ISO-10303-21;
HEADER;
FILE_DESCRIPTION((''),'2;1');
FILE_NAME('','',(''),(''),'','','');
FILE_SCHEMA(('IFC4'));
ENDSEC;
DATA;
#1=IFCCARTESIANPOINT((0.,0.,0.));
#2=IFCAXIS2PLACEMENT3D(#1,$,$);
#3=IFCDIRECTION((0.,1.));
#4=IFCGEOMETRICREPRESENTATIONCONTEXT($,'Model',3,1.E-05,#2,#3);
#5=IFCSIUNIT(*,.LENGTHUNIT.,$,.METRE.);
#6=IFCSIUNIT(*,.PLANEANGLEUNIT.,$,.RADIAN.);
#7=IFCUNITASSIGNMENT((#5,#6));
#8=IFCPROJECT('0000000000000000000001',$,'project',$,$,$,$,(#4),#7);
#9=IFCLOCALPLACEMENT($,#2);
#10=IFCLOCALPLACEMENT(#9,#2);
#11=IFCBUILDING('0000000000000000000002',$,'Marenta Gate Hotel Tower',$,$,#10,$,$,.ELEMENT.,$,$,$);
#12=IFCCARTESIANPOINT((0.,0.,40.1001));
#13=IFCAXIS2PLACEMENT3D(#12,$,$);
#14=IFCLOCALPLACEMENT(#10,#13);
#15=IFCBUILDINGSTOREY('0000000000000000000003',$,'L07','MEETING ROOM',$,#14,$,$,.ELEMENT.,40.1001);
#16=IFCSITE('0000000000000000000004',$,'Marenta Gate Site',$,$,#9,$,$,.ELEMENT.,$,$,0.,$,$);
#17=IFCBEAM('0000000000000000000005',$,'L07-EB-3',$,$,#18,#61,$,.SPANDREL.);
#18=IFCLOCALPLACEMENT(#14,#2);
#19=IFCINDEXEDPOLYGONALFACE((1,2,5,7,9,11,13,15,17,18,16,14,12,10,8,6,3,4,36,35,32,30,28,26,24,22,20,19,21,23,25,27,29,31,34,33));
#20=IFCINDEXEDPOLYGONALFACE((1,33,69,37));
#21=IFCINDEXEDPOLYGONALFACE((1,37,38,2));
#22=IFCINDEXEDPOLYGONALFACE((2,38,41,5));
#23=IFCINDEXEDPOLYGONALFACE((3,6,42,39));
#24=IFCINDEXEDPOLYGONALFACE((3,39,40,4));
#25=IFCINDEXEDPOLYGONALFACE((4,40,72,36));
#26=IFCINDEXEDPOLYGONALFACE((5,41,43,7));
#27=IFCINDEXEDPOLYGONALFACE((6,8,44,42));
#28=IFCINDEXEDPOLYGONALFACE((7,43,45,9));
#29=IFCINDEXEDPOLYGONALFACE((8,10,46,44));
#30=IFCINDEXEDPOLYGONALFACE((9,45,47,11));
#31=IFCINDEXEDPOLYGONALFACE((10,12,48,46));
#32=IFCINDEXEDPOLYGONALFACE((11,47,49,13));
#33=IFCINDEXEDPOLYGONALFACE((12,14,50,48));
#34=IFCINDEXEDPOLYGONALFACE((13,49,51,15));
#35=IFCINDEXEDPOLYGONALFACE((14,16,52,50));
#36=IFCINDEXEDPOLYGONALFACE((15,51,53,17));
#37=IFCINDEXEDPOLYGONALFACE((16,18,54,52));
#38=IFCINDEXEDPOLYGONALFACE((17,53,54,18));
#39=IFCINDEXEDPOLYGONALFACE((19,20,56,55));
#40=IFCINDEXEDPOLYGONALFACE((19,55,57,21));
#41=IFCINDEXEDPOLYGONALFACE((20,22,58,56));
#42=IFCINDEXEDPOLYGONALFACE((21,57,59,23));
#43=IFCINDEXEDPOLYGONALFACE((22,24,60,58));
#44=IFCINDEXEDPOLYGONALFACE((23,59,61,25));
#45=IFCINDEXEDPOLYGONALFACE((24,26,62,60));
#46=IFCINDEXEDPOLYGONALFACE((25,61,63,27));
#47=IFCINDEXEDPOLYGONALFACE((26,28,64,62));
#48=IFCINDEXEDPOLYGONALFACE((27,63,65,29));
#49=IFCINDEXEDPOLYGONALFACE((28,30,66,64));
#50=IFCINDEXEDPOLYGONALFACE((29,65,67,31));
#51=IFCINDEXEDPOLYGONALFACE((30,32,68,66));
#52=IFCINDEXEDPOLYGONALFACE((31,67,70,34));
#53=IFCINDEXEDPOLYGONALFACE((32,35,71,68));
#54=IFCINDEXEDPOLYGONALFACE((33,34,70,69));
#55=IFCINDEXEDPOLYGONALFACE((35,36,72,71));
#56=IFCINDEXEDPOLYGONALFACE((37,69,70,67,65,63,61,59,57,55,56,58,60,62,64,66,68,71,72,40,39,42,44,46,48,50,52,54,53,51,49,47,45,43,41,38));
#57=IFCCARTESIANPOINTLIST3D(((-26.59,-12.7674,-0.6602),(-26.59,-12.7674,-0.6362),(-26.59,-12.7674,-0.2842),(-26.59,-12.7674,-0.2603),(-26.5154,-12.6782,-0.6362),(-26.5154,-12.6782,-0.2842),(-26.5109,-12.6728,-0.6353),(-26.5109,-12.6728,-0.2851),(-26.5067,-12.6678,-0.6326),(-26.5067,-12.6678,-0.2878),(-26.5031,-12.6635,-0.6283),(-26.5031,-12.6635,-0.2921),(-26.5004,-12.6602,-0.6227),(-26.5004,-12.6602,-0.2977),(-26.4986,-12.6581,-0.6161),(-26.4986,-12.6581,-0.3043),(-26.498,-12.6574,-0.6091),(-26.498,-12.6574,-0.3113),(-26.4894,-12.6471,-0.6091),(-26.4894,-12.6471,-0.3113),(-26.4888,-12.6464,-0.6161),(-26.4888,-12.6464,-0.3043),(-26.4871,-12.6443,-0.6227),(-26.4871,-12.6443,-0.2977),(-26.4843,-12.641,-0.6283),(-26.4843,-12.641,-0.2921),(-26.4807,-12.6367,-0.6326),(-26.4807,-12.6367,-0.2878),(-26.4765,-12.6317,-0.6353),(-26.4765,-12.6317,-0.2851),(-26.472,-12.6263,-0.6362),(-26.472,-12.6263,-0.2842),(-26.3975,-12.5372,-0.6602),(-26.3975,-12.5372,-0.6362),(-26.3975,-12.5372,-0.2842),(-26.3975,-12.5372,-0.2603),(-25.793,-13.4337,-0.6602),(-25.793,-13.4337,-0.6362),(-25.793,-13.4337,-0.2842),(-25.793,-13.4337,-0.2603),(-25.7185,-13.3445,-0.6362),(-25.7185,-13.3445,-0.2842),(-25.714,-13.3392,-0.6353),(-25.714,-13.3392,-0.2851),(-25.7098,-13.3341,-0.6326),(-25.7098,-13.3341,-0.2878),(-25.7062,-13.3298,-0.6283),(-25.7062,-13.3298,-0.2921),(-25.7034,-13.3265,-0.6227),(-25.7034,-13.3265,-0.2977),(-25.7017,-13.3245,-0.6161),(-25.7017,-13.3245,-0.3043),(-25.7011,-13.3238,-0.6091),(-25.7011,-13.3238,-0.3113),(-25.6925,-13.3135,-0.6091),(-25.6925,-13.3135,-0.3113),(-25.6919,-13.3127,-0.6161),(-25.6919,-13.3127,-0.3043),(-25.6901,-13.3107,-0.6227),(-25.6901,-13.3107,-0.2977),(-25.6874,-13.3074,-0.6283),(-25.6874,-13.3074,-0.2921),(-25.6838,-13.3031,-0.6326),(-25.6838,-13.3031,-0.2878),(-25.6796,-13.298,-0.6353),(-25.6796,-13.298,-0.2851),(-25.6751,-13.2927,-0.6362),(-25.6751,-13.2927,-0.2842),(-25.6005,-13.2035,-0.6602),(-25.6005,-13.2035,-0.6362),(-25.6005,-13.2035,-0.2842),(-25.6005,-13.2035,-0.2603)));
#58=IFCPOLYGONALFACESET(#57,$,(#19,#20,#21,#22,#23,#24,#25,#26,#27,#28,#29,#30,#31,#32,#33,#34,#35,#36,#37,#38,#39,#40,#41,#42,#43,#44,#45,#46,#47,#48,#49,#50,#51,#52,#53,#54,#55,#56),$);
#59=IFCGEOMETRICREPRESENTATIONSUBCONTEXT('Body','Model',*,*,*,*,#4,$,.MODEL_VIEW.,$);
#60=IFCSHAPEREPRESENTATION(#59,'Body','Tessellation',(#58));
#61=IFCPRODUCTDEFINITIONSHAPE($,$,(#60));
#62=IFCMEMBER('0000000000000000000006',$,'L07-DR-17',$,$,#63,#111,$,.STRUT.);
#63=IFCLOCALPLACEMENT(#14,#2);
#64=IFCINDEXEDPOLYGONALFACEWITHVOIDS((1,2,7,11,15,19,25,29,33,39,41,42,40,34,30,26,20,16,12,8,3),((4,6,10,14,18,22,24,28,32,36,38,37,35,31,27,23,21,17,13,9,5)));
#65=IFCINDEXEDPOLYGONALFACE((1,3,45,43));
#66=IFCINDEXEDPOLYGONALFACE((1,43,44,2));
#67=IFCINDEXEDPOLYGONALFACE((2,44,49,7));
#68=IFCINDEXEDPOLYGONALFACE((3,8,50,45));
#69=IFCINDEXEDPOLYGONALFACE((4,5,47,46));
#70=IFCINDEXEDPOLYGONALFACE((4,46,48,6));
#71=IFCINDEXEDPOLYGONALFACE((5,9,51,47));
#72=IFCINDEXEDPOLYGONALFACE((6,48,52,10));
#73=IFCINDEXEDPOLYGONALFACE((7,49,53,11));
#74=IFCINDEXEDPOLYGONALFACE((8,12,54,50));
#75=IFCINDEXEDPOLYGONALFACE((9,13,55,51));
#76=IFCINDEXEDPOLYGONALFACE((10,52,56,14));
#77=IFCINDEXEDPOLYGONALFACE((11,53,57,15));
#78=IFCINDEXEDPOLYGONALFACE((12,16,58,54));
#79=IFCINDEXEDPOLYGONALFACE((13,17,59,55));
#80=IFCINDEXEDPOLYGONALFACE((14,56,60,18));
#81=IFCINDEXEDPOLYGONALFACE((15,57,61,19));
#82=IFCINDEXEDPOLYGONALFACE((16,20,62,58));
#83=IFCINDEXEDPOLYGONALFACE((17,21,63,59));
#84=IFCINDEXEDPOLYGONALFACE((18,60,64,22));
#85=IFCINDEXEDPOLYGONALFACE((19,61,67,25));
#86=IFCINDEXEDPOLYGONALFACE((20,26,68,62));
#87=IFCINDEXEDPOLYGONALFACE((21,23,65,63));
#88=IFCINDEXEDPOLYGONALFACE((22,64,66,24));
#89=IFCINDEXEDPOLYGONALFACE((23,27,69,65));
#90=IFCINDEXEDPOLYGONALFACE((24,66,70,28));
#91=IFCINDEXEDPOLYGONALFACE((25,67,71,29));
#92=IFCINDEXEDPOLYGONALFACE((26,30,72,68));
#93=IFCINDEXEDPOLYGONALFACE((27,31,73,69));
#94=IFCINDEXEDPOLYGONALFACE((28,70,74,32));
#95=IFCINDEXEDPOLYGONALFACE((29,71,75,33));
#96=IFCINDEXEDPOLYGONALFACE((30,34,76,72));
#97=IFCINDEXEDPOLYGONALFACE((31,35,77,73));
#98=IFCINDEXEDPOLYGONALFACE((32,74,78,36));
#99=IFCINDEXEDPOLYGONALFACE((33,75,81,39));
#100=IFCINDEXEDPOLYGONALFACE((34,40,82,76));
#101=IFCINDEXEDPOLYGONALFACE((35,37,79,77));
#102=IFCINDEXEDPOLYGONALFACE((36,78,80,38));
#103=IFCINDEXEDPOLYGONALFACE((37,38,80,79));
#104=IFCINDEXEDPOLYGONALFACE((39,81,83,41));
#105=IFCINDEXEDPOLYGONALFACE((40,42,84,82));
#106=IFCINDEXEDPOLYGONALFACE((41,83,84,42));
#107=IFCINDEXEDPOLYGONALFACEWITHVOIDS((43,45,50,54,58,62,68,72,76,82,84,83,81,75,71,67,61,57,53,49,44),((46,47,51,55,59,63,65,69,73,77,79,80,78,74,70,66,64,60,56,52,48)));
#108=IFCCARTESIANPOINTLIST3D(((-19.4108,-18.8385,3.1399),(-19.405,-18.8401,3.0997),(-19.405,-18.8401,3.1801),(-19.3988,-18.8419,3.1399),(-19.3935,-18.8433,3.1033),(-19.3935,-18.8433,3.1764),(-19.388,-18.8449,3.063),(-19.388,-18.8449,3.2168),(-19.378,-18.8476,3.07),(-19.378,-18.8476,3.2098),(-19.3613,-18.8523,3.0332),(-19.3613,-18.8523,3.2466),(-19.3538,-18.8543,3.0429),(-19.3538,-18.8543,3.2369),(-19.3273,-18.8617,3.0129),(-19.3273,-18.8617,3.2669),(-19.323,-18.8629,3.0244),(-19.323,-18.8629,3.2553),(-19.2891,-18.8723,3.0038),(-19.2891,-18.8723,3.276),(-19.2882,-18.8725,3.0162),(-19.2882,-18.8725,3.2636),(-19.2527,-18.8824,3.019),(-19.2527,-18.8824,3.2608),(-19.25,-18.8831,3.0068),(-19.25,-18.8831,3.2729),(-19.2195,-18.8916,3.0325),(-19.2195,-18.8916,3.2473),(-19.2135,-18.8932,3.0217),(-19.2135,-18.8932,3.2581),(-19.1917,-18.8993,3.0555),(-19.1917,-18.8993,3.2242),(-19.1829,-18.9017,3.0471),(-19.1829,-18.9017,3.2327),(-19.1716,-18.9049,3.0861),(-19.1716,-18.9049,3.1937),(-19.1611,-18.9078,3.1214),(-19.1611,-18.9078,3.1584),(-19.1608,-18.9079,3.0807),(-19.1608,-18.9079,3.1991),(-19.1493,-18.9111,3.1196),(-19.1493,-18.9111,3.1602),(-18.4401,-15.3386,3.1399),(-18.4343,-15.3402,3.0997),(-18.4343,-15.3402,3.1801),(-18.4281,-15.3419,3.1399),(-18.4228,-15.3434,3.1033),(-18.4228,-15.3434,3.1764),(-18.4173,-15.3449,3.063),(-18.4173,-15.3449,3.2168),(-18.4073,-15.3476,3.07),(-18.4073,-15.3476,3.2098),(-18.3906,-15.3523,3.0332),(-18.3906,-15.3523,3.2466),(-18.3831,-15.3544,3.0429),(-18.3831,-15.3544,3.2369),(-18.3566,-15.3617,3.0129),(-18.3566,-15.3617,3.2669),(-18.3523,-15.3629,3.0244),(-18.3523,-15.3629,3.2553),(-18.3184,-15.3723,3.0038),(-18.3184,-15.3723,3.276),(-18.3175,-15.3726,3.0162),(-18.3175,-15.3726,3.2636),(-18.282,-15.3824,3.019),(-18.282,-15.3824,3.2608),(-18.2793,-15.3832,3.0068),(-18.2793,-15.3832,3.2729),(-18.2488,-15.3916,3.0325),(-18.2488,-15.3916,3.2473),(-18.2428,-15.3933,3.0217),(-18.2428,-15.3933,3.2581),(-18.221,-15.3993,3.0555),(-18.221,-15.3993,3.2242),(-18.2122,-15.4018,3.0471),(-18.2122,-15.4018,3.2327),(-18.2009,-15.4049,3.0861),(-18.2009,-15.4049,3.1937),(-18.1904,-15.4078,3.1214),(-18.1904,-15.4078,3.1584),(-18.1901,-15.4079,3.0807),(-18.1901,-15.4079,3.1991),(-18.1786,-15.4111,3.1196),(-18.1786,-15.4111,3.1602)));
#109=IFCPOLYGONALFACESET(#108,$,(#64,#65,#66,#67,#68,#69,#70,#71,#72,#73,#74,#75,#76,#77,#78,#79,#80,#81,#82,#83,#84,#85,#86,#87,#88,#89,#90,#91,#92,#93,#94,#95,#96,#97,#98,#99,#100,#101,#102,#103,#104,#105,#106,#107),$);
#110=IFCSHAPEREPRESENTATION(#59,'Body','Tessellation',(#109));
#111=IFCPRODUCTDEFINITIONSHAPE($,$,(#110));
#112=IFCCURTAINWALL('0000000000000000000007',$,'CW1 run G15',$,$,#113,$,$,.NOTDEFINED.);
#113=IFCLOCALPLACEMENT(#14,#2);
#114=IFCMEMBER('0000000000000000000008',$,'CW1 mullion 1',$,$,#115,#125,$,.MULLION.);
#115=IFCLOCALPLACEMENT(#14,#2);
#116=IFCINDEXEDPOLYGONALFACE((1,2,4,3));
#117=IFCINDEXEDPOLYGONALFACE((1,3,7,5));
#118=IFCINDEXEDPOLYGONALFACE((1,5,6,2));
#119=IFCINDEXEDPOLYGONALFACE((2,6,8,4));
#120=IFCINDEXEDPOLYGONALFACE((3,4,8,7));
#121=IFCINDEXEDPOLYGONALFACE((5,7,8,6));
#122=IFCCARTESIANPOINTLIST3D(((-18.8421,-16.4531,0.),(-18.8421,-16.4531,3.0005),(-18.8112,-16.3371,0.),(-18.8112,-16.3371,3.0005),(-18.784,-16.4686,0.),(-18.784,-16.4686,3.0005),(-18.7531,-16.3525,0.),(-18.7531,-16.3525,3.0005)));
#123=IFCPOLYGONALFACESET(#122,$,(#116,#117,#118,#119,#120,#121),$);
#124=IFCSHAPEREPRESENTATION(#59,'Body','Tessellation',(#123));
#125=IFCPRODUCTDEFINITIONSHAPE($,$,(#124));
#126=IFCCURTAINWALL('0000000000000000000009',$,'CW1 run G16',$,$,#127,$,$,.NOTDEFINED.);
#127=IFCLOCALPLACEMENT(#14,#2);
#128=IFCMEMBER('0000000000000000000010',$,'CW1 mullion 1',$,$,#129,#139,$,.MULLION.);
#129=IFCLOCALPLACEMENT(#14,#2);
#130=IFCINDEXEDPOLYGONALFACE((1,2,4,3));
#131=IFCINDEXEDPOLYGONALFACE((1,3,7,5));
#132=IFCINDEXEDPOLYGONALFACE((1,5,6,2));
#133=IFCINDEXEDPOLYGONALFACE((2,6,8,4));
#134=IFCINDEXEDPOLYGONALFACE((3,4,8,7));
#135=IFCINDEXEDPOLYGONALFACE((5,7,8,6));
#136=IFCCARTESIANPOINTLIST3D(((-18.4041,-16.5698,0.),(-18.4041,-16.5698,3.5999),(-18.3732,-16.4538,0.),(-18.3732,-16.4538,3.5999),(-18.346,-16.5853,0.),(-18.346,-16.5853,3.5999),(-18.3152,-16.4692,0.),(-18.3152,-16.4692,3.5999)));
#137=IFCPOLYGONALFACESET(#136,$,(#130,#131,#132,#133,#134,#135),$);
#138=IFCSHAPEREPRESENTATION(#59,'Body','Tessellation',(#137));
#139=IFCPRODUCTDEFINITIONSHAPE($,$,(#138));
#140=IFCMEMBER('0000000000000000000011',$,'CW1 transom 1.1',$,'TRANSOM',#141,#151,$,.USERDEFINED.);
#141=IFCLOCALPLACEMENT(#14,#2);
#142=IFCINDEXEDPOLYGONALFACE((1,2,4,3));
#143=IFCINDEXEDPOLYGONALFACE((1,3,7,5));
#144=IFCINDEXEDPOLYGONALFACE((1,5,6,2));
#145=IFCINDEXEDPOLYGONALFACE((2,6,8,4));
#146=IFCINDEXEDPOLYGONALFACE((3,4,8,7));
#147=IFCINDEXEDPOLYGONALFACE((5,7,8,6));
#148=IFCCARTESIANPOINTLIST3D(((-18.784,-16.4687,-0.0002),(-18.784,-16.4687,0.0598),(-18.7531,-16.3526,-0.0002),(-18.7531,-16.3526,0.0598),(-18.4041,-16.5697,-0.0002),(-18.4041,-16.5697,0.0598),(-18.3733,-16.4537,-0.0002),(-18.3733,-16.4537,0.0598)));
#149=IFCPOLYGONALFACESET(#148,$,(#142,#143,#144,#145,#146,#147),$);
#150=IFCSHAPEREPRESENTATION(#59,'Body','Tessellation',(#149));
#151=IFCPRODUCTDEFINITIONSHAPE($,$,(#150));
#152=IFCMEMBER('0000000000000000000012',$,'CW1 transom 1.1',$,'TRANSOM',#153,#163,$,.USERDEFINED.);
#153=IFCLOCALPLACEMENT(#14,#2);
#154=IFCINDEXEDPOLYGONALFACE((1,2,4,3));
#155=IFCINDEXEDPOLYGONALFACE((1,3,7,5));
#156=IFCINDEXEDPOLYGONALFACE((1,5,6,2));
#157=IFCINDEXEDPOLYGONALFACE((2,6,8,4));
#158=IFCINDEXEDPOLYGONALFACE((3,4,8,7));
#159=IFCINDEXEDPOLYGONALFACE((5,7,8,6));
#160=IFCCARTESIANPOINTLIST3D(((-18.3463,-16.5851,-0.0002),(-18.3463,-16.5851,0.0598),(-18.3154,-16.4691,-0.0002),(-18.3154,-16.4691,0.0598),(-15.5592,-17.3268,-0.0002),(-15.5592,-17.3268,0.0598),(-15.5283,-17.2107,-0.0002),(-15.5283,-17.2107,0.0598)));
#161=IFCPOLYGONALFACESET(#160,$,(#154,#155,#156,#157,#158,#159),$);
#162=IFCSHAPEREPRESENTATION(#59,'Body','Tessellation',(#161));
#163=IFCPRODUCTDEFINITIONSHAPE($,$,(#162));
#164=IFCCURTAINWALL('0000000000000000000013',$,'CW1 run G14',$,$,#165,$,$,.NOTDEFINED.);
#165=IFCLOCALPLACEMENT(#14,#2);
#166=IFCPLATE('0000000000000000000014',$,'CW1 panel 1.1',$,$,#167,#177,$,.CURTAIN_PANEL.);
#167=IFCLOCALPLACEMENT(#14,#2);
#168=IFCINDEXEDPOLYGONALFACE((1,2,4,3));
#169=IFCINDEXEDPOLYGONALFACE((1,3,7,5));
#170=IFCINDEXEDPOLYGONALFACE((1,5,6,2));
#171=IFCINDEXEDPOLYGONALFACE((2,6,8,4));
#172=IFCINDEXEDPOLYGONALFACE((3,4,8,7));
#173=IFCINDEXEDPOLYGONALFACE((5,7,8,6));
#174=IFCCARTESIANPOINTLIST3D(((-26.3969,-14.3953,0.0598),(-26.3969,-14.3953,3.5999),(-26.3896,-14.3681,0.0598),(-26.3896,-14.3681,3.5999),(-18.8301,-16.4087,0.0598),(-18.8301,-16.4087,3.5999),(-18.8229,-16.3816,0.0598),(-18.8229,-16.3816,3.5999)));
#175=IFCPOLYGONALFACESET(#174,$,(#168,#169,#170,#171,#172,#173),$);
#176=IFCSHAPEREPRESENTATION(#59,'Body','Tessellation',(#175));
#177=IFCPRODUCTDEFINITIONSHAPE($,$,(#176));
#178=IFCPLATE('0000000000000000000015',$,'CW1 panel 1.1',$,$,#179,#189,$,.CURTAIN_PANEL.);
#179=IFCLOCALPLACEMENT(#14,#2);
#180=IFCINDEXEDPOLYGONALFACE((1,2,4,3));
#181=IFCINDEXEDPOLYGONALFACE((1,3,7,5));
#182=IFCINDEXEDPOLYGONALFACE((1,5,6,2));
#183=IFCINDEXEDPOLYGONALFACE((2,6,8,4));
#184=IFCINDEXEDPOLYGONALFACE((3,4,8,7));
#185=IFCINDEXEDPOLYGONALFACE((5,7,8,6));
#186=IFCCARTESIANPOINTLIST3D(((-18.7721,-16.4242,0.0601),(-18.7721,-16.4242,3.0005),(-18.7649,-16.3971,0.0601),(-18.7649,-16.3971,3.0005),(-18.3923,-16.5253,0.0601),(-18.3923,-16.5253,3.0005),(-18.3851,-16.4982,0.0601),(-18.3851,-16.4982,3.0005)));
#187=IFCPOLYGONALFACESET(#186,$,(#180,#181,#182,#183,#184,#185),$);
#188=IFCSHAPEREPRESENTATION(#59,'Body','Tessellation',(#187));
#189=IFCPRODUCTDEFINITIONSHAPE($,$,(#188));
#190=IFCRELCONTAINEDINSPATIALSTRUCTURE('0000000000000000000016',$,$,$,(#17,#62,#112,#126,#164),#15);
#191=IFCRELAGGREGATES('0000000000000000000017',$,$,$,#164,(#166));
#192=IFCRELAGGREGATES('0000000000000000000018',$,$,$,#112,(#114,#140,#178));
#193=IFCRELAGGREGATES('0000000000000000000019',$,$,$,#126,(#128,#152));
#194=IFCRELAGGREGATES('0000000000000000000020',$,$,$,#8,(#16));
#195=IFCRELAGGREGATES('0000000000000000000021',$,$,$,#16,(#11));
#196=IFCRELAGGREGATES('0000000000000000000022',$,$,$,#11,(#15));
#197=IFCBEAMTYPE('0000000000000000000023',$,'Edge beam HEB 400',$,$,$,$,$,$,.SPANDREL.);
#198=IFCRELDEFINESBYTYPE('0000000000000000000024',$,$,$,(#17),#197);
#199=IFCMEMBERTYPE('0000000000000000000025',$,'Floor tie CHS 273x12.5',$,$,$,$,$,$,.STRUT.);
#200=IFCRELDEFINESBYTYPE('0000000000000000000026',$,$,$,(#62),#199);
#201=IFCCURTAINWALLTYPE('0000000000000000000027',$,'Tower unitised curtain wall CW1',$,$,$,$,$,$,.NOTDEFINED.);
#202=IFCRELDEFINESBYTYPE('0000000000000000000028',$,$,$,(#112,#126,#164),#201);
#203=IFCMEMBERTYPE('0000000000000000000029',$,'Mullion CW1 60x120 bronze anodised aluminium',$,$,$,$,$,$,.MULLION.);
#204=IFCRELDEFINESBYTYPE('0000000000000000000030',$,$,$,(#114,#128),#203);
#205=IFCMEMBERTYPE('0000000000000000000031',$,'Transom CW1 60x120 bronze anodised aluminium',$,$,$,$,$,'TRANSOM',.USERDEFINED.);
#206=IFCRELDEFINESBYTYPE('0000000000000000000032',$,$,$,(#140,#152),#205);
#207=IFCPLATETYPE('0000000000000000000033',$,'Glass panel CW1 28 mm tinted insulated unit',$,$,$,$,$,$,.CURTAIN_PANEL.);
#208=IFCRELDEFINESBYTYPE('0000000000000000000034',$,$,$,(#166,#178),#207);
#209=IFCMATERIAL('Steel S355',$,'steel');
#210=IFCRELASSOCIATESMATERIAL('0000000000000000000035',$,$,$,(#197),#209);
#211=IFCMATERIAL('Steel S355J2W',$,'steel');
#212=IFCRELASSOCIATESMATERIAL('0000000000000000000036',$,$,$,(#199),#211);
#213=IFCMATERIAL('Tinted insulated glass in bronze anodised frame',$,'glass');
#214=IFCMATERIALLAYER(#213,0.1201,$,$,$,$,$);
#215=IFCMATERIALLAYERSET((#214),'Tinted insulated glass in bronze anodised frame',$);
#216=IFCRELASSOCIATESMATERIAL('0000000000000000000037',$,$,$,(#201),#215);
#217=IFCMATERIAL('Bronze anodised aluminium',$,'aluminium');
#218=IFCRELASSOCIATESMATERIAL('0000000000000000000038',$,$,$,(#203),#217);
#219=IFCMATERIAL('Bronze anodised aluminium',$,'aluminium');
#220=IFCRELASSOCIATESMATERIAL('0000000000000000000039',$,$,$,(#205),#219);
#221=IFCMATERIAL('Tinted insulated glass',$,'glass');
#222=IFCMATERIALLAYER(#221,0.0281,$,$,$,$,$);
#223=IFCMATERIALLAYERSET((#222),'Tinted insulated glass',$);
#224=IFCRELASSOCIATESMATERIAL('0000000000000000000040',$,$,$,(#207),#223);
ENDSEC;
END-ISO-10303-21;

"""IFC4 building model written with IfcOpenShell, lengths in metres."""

from ifc_helpers import new_model, si_unit, direction, frame, origin, origin_2d, place, context, subcontext, project, spatial, rectangle, hollow_circle, i_section, extrude, material, layer, layer_set, material_profile, profile_set, type_object, element, aggregate, save


model = new_model("IFC4")

# Units and contexts
model_context = context("Model", 3, precision=1e-05, world=origin(), true_north=direction((0.0, 1.0)))
body_context = subcontext(model_context, "Body", "Model", "MODEL_VIEW")
ifc_project = project(units=[si_unit("LENGTHUNIT", "METRE"), si_unit("PLANEANGLEUNIT", "RADIAN")], contexts=[model_context])

# Site, building, storey
site_placement = place(None, origin())
site = spatial("IfcSite", under=ifc_project, at=site_placement, Name="Marenta Gate Site", CompositionType="ELEMENT", RefElevation=0.0)
building_placement = place(site_placement, origin())
building = spatial("IfcBuilding", under=site, at=building_placement, Name="Marenta Gate Hotel Tower", CompositionType="ELEMENT")
storey_placement = place(building_placement, frame((0.0, 0.0, 40.1001)))
storey = spatial("IfcBuildingStorey", under=building, at=storey_placement, Name="L07", Description="MEETING ROOM", CompositionType="ELEMENT", Elevation=40.1001)

# Beam
ifc_material_1 = material(Name="Steel S355", Category="steel")
ifc_material_profile_1 = material_profile(ifc_material_1, i_section(OverallWidth=0.3, OverallDepth=0.3999, WebThickness=0.0134, FlangeThickness=0.0239, FilletRadius=0.0271, at=origin_2d()), Name="HEB 400")
ifc_profile_set_1 = profile_set([ifc_material_profile_1], Name="Steel S355")
beam_type = type_object("IfcBeamType", Name="Edge beam HEB 400", PredefinedType="SPANDREL", material=ifc_profile_set_1)
beam_1_placement = place(storey_placement, frame((-25.6968, -13.3186, -0.4602), z_axis=(-0.76718, 0.641432, 0.0), x_axis=(-0.641432, -0.76718, 0.0)))
element("IfcBeam", 1, at=beam_1_placement, inside=storey, type_object=beam_type, Name="L07-EB-3", PredefinedType="SPANDREL", context=body_context, shape_type="SweptSolid", body=[
    extrude(i_section(OverallWidth=0.3, OverallDepth=0.3999, WebThickness=0.0134, FlangeThickness=0.0239, FilletRadius=0.0271, at=origin_2d()), origin(), (0.0, 0.0, 1.0), 1.0388),
])

# Member
ifc_material_2 = material(Name="Steel S355J2W", Category="steel")
ifc_material_profile_2 = material_profile(ifc_material_2, hollow_circle(Radius=0.1365, WallThickness=0.0125, at=origin_2d()), Name="CHS 273x12.5")
ifc_profile_set_2 = profile_set([ifc_material_profile_2], Name="Steel S355J2W")
member_type_1 = type_object("IfcMemberType", Name="Floor tie CHS 273x12.5", PredefinedType="STRUT", material=ifc_profile_set_2)
member_1_placement = place(storey_placement, frame((-19.2793, -18.875, 3.1399), z_axis=(0.267256, 0.963626, 0.0), x_axis=(-0.963626, 0.267256, 0.0)))
element("IfcMember", 2, at=member_1_placement, inside=storey, type_object=member_type_1, Name="L07-DR-17", PredefinedType="STRUT", context=body_context, shape_type="SweptSolid", body=[
    extrude(hollow_circle(Radius=0.1365, WallThickness=0.0125, at=origin_2d()), origin(), (0.0, 0.0, 1.0), 3.6321),
])

# Curtain walls, members
ifc_material_3 = material(Name="Tinted insulated glass in bronze anodised frame", Category="glass")
ifc_layer_1 = layer(ifc_material_3, 0.1201)
ifc_layer_set_1 = layer_set([ifc_layer_1], Name="Tinted insulated glass in bronze anodised frame")
curtain_wall_type = type_object("IfcCurtainWallType", Name="Tower unitised curtain wall CW1", PredefinedType="NOTDEFINED", material=ifc_layer_set_1)
curtain_wall_1_placement = place(storey_placement, origin())
curtain_wall_1 = element("IfcCurtainWall", 3, at=curtain_wall_1_placement, inside=storey, type_object=curtain_wall_type, Name="CW1 run G15", PredefinedType="NOTDEFINED")
ifc_material_4 = material(Name="Bronze anodised aluminium", Category="aluminium")
ifc_material_profile_3 = material_profile(ifc_material_4, rectangle(XDim=0.1201, YDim=0.0601, at=origin_2d()), Name="Mullion CW1 60x120 bronze anodised aluminium")
ifc_profile_set_3 = profile_set([ifc_material_profile_3], Name="Bronze anodised aluminium")
member_type_2 = type_object("IfcMemberType", Name="Mullion CW1 60x120 bronze anodised aluminium", PredefinedType="MULLION", material=ifc_profile_set_3)
member_2_placement = place(storey_placement, frame((-18.7976, -16.4028, 0.0), z_axis=(0.0, 0.0, 1.0), x_axis=(0.257154, 0.96637, 0.0)))
member_2 = element("IfcMember", 4, at=member_2_placement, type_object=member_type_2, Name="CW1 mullion 1", PredefinedType="MULLION", context=body_context, shape_type="SweptSolid", body=[
    extrude(rectangle(XDim=0.1201, YDim=0.0601, at=origin_2d()), origin(), (0.0, 0.0, 1.0), 3.0005),
])
curtain_wall_2_placement = place(storey_placement, origin())
curtain_wall_2 = element("IfcCurtainWall", 5, at=curtain_wall_2_placement, inside=storey, type_object=curtain_wall_type, Name="CW1 run G16", PredefinedType="NOTDEFINED")
member_3_placement = place(storey_placement, frame((-18.3596, -16.5195, 0.0), z_axis=(0.0, 0.0, 1.0), x_axis=(0.257134, 0.966376, 0.0)))
member_3 = element("IfcMember", 6, at=member_3_placement, type_object=member_type_2, Name="CW1 mullion 1", PredefinedType="MULLION", context=body_context, shape_type="SweptSolid", body=[
    extrude(rectangle(XDim=0.1201, YDim=0.0601, at=origin_2d()), origin(), (0.0, 0.0, 1.0), 3.5999),
])

# Members
ifc_material_5 = material(Name="Bronze anodised aluminium", Category="aluminium")
ifc_material_profile_4 = material_profile(ifc_material_5, rectangle(XDim=0.1201, YDim=0.0601, at=origin_2d()), Name="Transom CW1 60x120 bronze anodised aluminium")
ifc_profile_set_4 = profile_set([ifc_material_profile_4], Name="Bronze anodised aluminium")
member_type_3 = type_object("IfcMemberType", Name="Transom CW1 60x120 bronze anodised aluminium", ElementType="TRANSOM", PredefinedType="USERDEFINED", material=ifc_profile_set_4)
member_4_placement = place(storey_placement, frame((-18.7686, -16.4106, 0.0298), z_axis=(0.966379, -0.257121, 0.0), x_axis=(0.257121, 0.966379, 0.0)))
member_4 = element("IfcMember", 7, at=member_4_placement, type_object=member_type_3, Name="CW1 transom 1.1", ObjectType="TRANSOM", PredefinedType="USERDEFINED", context=body_context, shape_type="SweptSolid", body=[
    extrude(rectangle(XDim=0.1201, YDim=0.0601, at=origin_2d()), origin(), (0.0, 0.0, 1.0), 0.3931),
])
member_5_placement = place(storey_placement, frame((-18.3308, -16.5271, 0.0298), z_axis=(0.966367, -0.257167, 0.0), x_axis=(0.257167, 0.966367, 0.0)))
member_5 = element("IfcMember", 8, at=member_5_placement, type_object=member_type_3, Name="CW1 transom 1.1", ObjectType="TRANSOM", PredefinedType="USERDEFINED", context=body_context, shape_type="SweptSolid", body=[
    extrude(rectangle(XDim=0.1201, YDim=0.0601, at=origin_2d()), origin(), (0.0, 0.0, 1.0), 2.884),
])

# Curtain wall, plate
curtain_wall_3_placement = place(storey_placement, origin())
curtain_wall_3 = element("IfcCurtainWall", 9, at=curtain_wall_3_placement, inside=storey, type_object=curtain_wall_type, Name="CW1 run G14", PredefinedType="NOTDEFINED")
ifc_material_6 = material(Name="Tinted insulated glass", Category="glass")
ifc_layer_2 = layer(ifc_material_6, 0.0281)
ifc_layer_set_2 = layer_set([ifc_layer_2], Name="Tinted insulated glass")
plate_type = type_object("IfcPlateType", Name="Glass panel CW1 28 mm tinted insulated unit", PredefinedType="CURTAIN_PANEL", material=ifc_layer_set_2)
plate_1_placement = place(storey_placement, frame((-22.6099, -15.3884, 0.0598), z_axis=(0.0, 0.0, 1.0), x_axis=(0.966373, -0.257144, 0.0)))
plate_1 = element("IfcPlate", 10, at=plate_1_placement, type_object=plate_type, Name="CW1 panel 1.1", PredefinedType="CURTAIN_PANEL", context=body_context, shape_type="SweptSolid", body=[
    extrude(rectangle(XDim=7.8301, YDim=0.0281, at=origin_2d()), origin(), (0.0, 0.0, 1.0), 3.54),
])
aggregate(curtain_wall_3, [plate_1])

# Plate
plate_2_placement = place(storey_placement, frame((-18.5786, -16.4612, 0.0601), z_axis=(0.0, 0.0, 1.0), x_axis=(0.96637, -0.257154, 0.0)))
plate_2 = element("IfcPlate", 11, at=plate_2_placement, type_object=plate_type, Name="CW1 panel 1.1", PredefinedType="CURTAIN_PANEL", context=body_context, shape_type="SweptSolid", body=[
    extrude(rectangle(XDim=0.3931, YDim=0.0281, at=origin_2d()), origin(), (0.0, 0.0, 1.0), 2.9404),
])
aggregate(curtain_wall_1, [member_2, member_4, plate_2])
aggregate(curtain_wall_2, [member_3, member_5])

save(model, "model.ifc")
